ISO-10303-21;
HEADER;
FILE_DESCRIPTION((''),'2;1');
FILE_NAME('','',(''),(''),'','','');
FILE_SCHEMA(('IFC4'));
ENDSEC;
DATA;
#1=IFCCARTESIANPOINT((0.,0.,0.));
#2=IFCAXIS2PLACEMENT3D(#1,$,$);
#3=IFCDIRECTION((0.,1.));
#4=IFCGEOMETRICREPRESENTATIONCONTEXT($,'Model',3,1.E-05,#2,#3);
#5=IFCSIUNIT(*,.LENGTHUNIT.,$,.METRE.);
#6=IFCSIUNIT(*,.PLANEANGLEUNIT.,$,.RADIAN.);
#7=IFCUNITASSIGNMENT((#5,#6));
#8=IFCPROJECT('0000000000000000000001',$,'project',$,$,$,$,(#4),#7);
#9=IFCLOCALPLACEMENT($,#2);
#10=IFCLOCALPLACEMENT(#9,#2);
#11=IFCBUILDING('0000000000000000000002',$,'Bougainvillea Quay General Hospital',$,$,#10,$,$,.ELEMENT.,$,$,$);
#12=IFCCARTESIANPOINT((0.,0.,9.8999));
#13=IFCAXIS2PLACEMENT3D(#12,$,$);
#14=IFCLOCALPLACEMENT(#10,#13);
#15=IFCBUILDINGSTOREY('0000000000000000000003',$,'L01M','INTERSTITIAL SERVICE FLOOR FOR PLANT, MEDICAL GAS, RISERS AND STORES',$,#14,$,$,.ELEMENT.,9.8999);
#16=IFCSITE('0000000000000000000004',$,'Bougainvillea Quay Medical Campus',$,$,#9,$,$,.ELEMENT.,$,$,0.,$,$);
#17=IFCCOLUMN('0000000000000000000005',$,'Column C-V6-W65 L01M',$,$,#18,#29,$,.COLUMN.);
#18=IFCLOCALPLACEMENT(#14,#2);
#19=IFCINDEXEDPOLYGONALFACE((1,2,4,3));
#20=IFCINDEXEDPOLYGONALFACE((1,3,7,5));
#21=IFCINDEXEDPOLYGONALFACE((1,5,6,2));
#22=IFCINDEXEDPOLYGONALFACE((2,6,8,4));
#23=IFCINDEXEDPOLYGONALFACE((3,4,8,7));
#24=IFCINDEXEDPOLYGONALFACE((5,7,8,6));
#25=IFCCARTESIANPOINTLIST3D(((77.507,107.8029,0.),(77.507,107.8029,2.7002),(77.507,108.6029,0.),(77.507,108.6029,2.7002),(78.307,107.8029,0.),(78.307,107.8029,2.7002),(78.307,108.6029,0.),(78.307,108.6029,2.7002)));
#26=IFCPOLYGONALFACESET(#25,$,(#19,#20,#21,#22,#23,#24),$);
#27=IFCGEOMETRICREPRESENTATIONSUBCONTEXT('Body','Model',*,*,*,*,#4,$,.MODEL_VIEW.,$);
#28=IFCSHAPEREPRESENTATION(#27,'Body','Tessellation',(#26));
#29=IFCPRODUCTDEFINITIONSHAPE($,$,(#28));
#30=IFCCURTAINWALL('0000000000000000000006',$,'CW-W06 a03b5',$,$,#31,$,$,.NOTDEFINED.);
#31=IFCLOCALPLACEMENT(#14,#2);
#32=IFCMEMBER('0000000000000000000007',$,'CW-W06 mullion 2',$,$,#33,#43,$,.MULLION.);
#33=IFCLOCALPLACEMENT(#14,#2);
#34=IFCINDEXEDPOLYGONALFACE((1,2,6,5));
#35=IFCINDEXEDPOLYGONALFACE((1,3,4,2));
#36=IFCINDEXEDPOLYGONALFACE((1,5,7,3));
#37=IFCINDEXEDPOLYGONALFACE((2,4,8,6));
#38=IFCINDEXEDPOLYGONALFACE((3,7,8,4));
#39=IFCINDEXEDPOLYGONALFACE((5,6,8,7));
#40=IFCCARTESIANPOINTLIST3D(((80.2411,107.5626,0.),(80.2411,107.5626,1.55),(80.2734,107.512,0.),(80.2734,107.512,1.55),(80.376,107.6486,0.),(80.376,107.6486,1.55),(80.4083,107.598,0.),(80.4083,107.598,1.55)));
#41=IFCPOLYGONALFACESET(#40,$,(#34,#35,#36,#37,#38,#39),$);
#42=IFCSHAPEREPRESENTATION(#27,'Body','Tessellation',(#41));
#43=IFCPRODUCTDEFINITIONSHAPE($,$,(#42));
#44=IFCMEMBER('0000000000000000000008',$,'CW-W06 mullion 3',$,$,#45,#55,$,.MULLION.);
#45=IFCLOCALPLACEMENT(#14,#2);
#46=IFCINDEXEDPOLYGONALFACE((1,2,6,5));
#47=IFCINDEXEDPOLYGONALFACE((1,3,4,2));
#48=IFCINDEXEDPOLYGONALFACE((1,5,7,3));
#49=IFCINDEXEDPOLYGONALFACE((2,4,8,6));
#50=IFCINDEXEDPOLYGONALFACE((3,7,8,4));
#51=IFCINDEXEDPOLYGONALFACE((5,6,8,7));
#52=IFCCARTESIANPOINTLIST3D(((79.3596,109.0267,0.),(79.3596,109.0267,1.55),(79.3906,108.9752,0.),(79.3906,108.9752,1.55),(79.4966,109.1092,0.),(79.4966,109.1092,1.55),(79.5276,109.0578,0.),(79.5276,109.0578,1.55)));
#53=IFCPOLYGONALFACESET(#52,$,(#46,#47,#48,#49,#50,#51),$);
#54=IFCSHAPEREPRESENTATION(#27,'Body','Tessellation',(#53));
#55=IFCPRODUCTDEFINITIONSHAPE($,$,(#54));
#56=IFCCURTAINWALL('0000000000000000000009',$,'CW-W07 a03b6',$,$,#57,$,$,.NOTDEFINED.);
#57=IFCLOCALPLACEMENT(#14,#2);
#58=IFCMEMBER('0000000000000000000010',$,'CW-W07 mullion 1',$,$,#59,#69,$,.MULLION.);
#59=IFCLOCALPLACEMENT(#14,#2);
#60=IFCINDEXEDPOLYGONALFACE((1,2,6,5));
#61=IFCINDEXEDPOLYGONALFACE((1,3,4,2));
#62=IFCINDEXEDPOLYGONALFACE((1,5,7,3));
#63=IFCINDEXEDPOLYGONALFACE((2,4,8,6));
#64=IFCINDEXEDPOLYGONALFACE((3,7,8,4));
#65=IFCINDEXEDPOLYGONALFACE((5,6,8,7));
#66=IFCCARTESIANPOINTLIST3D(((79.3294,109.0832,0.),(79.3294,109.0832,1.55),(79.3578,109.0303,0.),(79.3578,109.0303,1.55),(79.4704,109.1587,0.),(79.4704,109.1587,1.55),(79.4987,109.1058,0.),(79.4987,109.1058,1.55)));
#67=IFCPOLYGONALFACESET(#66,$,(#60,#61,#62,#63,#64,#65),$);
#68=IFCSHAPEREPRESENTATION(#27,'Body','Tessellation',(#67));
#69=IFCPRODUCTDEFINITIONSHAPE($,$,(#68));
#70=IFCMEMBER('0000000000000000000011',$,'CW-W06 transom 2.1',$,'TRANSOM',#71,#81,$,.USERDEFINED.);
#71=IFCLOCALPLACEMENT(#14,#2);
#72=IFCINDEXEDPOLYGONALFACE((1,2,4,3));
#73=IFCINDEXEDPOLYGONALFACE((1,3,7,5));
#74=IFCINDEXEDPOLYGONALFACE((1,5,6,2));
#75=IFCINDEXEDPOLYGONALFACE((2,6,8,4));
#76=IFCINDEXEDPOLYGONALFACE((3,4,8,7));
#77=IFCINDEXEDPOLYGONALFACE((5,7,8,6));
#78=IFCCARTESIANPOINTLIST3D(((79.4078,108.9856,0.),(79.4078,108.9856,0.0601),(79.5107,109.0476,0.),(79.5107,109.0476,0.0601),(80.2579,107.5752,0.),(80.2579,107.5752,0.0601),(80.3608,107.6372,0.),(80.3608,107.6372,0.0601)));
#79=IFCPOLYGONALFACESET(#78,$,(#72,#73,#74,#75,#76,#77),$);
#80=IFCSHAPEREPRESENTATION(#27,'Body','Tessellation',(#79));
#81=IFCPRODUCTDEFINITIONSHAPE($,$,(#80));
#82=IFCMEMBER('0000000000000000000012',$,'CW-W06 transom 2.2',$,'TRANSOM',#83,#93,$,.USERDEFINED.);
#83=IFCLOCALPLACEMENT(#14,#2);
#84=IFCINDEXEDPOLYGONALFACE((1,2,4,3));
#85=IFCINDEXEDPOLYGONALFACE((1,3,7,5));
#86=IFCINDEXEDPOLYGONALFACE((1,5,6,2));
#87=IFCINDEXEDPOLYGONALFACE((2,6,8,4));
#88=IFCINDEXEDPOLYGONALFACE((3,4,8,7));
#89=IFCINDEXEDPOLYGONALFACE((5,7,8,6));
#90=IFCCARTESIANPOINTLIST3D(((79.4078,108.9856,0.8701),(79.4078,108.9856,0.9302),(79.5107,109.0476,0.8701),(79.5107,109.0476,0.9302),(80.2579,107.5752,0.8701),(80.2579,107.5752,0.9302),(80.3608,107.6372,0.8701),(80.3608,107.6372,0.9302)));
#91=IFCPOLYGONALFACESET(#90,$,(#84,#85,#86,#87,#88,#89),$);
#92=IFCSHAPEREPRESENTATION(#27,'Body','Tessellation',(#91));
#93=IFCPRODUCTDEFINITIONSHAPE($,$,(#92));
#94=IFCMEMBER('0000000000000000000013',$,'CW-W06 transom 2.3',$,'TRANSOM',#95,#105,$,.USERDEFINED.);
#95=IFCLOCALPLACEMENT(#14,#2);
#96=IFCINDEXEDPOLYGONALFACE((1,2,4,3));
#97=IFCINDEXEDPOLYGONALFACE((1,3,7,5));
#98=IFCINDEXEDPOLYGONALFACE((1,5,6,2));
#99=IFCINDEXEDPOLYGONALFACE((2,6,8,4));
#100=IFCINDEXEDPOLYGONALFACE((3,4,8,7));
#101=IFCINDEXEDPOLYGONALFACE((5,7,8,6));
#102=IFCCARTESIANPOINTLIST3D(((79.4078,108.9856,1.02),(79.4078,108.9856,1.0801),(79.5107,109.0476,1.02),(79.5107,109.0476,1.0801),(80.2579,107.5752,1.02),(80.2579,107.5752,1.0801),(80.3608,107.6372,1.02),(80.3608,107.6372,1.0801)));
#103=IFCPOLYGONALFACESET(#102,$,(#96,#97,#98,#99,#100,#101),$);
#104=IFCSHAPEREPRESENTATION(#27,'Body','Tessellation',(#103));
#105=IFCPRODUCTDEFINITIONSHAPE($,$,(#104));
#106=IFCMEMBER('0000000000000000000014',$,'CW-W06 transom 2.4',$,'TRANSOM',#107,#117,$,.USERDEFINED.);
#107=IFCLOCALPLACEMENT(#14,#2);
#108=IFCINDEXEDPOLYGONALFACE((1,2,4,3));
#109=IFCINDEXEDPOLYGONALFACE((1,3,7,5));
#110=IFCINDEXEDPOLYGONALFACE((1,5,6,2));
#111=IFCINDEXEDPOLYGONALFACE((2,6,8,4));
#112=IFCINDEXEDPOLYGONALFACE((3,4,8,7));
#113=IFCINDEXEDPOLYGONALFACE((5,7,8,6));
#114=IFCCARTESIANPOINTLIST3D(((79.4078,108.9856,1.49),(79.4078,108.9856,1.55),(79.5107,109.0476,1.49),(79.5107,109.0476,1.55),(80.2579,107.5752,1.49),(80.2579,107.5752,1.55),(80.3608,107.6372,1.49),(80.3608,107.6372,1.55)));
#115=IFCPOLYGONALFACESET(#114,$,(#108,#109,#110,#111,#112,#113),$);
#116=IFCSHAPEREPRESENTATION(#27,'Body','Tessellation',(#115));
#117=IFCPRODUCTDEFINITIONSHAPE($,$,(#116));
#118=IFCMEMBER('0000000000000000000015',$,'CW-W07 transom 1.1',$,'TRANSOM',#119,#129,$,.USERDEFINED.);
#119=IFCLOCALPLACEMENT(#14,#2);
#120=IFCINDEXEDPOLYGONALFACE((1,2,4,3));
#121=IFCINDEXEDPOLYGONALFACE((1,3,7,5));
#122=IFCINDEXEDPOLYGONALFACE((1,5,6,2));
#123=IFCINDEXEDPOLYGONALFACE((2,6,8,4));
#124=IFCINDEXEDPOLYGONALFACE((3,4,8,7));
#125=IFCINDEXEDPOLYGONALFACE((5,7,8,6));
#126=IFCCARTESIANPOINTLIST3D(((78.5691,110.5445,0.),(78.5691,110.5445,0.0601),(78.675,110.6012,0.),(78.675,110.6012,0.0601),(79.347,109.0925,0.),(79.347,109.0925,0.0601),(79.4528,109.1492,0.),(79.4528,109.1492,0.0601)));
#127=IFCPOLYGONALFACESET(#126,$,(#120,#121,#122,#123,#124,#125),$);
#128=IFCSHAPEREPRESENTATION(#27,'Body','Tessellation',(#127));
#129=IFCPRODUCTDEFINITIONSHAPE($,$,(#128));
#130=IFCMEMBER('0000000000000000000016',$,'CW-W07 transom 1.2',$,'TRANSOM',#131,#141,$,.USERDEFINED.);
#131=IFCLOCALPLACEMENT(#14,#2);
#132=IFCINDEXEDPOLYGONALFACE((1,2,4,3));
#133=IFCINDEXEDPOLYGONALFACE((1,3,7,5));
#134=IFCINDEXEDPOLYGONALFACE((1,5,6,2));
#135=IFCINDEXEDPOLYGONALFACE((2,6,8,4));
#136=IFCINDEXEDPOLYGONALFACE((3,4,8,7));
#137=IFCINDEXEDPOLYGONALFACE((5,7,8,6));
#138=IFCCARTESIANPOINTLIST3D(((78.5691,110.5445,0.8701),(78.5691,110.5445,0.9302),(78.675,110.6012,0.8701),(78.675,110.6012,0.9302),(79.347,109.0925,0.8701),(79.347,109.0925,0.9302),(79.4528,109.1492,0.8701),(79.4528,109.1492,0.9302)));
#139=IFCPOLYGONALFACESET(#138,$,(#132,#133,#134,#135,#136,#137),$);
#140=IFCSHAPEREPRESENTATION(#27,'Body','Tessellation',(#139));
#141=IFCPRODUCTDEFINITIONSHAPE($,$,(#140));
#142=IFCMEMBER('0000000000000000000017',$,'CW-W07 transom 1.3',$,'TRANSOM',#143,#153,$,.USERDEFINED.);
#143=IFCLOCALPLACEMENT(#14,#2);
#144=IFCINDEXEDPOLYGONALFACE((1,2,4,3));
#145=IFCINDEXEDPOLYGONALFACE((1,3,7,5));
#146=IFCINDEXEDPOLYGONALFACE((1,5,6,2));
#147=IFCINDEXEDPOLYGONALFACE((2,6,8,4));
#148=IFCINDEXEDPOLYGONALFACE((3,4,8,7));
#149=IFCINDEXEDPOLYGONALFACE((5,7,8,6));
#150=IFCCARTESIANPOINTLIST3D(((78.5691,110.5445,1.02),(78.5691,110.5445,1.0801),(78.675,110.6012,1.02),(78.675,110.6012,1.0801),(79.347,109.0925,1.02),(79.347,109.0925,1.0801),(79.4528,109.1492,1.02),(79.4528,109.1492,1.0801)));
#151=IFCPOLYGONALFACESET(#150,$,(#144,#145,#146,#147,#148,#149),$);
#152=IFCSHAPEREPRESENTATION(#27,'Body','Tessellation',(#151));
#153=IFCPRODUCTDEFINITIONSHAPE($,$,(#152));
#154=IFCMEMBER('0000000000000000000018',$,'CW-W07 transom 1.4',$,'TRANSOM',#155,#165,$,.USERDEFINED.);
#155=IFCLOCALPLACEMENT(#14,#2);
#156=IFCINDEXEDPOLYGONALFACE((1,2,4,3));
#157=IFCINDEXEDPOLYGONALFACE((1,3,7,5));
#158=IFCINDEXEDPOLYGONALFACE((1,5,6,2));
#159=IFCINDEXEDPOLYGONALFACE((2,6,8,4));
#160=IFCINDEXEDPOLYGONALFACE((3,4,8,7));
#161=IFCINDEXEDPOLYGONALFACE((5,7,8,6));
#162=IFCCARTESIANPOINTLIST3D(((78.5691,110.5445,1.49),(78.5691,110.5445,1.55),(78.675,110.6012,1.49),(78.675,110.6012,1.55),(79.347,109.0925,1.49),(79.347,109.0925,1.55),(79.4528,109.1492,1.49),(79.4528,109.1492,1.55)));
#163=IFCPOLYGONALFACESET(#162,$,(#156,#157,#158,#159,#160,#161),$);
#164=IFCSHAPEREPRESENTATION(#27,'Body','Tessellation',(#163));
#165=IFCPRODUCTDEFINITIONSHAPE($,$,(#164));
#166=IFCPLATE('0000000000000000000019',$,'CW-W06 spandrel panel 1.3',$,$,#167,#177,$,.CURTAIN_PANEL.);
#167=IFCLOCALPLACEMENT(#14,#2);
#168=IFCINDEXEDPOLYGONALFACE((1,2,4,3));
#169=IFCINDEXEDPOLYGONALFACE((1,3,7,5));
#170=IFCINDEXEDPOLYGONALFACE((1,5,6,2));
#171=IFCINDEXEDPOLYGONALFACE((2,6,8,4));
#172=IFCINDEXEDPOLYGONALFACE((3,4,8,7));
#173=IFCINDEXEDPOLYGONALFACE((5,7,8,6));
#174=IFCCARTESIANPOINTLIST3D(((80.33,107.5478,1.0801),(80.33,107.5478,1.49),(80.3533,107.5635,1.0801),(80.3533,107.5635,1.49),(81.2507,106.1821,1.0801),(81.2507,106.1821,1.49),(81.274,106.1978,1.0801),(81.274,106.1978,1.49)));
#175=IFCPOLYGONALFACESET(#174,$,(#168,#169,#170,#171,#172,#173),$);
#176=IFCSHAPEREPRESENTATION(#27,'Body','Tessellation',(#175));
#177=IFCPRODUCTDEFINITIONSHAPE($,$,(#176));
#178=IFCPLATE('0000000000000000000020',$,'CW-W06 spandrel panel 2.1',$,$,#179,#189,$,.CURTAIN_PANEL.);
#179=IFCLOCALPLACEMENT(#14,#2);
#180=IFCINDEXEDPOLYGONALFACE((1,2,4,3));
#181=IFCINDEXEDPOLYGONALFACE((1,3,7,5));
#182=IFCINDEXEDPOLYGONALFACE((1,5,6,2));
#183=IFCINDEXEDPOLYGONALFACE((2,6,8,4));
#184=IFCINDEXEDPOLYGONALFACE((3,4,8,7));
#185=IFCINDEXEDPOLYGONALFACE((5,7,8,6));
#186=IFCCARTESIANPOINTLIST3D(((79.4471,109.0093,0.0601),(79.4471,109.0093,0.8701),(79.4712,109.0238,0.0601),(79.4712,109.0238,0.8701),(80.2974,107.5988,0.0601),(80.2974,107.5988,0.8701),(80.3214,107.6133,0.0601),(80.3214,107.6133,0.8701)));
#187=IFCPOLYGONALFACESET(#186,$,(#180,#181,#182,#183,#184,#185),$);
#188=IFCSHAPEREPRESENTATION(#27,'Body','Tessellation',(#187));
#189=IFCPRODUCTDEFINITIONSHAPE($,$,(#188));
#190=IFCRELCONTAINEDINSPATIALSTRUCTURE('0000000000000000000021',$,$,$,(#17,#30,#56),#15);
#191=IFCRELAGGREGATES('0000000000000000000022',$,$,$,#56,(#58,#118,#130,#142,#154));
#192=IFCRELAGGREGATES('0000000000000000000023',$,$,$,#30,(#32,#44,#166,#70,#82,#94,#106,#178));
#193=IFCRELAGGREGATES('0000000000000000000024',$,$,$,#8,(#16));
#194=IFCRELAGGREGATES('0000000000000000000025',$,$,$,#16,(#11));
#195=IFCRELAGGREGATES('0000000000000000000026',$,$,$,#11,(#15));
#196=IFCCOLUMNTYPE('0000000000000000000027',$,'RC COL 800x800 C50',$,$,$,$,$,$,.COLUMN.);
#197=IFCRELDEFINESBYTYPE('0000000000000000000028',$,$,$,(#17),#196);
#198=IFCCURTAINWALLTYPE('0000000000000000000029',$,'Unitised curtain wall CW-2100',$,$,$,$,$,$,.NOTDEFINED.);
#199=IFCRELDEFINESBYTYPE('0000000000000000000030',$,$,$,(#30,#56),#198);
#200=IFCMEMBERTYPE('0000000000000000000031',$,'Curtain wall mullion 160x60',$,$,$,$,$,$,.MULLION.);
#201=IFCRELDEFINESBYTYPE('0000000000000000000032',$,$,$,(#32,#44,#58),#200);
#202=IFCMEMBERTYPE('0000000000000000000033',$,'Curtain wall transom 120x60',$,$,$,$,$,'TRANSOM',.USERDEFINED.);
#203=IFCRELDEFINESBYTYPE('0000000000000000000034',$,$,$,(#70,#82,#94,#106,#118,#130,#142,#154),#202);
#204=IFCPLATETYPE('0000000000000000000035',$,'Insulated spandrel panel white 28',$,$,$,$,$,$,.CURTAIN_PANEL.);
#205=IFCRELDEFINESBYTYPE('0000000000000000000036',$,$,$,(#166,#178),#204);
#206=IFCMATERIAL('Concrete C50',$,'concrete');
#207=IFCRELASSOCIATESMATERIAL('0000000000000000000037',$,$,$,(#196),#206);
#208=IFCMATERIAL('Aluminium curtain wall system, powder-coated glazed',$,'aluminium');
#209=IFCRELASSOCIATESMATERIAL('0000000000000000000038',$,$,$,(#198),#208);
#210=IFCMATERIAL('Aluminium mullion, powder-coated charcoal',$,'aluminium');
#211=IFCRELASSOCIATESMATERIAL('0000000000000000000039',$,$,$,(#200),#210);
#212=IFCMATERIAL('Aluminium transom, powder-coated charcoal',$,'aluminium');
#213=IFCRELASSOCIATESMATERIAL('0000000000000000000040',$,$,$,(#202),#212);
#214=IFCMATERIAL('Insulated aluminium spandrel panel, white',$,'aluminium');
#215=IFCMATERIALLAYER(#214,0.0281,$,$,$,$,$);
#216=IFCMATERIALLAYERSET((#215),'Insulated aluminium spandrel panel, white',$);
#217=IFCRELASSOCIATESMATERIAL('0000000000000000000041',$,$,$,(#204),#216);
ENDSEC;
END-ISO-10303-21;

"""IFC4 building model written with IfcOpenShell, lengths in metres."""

from ifc_helpers import new_model, si_unit, direction, frame, origin, origin_2d, place, context, subcontext, project, spatial, rectangle, extrude, material, layer, layer_set, material_profile, profile_set, type_object, element, aggregate, save


model = new_model("IFC4")

# Units and contexts
model_context = context("Model", 3, precision=1e-05, world=origin(), true_north=direction((0.0, 1.0)))
body_context = subcontext(model_context, "Body", "Model", "MODEL_VIEW")
ifc_project = project(units=[si_unit("LENGTHUNIT", "METRE"), si_unit("PLANEANGLEUNIT", "RADIAN")], contexts=[model_context])

# Site, building, storey
site_placement = place(None, origin())
site = spatial("IfcSite", under=ifc_project, at=site_placement, Name="Bougainvillea Quay Medical Campus", CompositionType="ELEMENT", RefElevation=0.0)
building_placement = place(site_placement, origin())
building = spatial("IfcBuilding", under=site, at=building_placement, Name="Bougainvillea Quay General Hospital", CompositionType="ELEMENT")
storey_placement = place(building_placement, frame((0.0, 0.0, 9.8999)))
storey = spatial("IfcBuildingStorey", under=building, at=storey_placement, Name="L01M", Description="INTERSTITIAL SERVICE FLOOR FOR PLANT, MEDICAL GAS, RISERS AND STORES", CompositionType="ELEMENT", Elevation=9.8999)

# Column
ifc_material_1 = material(Name="Concrete C50", Category="concrete")
ifc_material_profile_1 = material_profile(ifc_material_1, rectangle(XDim=0.8, YDim=0.8, at=origin_2d()))
ifc_profile_set_1 = profile_set([ifc_material_profile_1], Name="Concrete C50")
column_type = type_object("IfcColumnType", Name="RC COL 800x800 C50", PredefinedType="COLUMN", material=ifc_profile_set_1)
column_placement = place(storey_placement, frame((77.907, 108.2029, 0.0), z_axis=(0.0, 0.0, 1.0), x_axis=(1.0, 0.0, 0.0)))
element("IfcColumn", 1, at=column_placement, inside=storey, type_object=column_type, Name="Column C-V6-W65 L01M", PredefinedType="COLUMN", context=body_context, shape_type="SweptSolid", body=[
    extrude(rectangle(XDim=0.8, YDim=0.8, at=origin_2d()), origin(), (0.0, 0.0, 1.0), 2.7002),
])

# Curtain wall, members
ifc_material_2 = material(Name="Aluminium curtain wall system, powder-coated glazed", Category="aluminium")
curtain_wall_type = type_object("IfcCurtainWallType", Name="Unitised curtain wall CW-2100", PredefinedType="NOTDEFINED", material=ifc_material_2)
curtain_wall_1_placement = place(storey_placement, origin())
curtain_wall_1 = element("IfcCurtainWall", 2, at=curtain_wall_1_placement, inside=storey, type_object=curtain_wall_type, Name="CW-W06 a03b5", PredefinedType="NOTDEFINED")
ifc_material_3 = material(Name="Aluminium mullion, powder-coated charcoal", Category="aluminium")
ifc_material_profile_2 = material_profile(ifc_material_3, rectangle(XDim=0.1599, YDim=0.0601, at=origin_2d()))
ifc_profile_set_2 = profile_set([ifc_material_profile_2], Name="Aluminium mullion, powder-coated charcoal")
member_type_1 = type_object("IfcMemberType", Name="Curtain wall mullion 160x60", PredefinedType="MULLION", material=ifc_profile_set_2)
member_1_placement = place(storey_placement, frame((80.3247, 107.5803, 0.0), z_axis=(0.0, 0.0, 1.0), x_axis=(-0.843072, -0.5378, 0.0)))
member_1 = element("IfcMember", 3, at=member_1_placement, type_object=member_type_1, Name="CW-W06 mullion 2", PredefinedType="MULLION", context=body_context, shape_type="SweptSolid", body=[
    extrude(rectangle(XDim=0.1599, YDim=0.0601, at=origin_2d()), origin(), (0.0, 0.0, 1.0), 1.55),
])
member_2_placement = place(storey_placement, frame((79.4436, 109.0422, 0.0), z_axis=(0.0, 0.0, 1.0), x_axis=(-0.856438, -0.516249, 0.0)))
member_2 = element("IfcMember", 4, at=member_2_placement, type_object=member_type_1, Name="CW-W06 mullion 3", PredefinedType="MULLION", context=body_context, shape_type="SweptSolid", body=[
    extrude(rectangle(XDim=0.1599, YDim=0.0601, at=origin_2d()), origin(), (0.0, 0.0, 1.0), 1.55),
])

# Curtain wall, member
curtain_wall_2_placement = place(storey_placement, origin())
curtain_wall_2 = element("IfcCurtainWall", 5, at=curtain_wall_2_placement, inside=storey, type_object=curtain_wall_type, Name="CW-W07 a03b6", PredefinedType="NOTDEFINED")
member_3_placement = place(storey_placement, frame((79.4141, 109.0945, 0.0), z_axis=(0.0, 0.0, 1.0), x_axis=(-0.88151, -0.472166, 0.0)))
member_3 = element("IfcMember", 6, at=member_3_placement, type_object=member_type_1, Name="CW-W07 mullion 1", PredefinedType="MULLION", context=body_context, shape_type="SweptSolid", body=[
    extrude(rectangle(XDim=0.1599, YDim=0.0601, at=origin_2d()), origin(), (0.0, 0.0, 1.0), 1.55),
])

# Members
ifc_material_4 = material(Name="Aluminium transom, powder-coated charcoal", Category="aluminium")
ifc_material_profile_3 = material_profile(ifc_material_4, rectangle(XDim=0.1201, YDim=0.0601, at=origin_2d()))
ifc_profile_set_3 = profile_set([ifc_material_profile_3], Name="Aluminium transom, powder-coated charcoal")
member_type_2 = type_object("IfcMemberType", Name="Curtain wall transom 120x60", ElementType="TRANSOM", PredefinedType="USERDEFINED", material=ifc_profile_set_3)
member_4_placement = place(storey_placement, frame((80.3093, 107.6062, 0.03), z_axis=(-0.516217, 0.856458, 0.0), x_axis=(-0.856458, -0.516217, 0.0)))
member_4 = element("IfcMember", 7, at=member_4_placement, type_object=member_type_2, Name="CW-W06 transom 2.1", ObjectType="TRANSOM", PredefinedType="USERDEFINED", context=body_context, shape_type="SweptSolid", body=[
    extrude(rectangle(XDim=0.1201, YDim=0.0601, at=origin_2d()), origin(), (0.0, 0.0, 1.0), 1.6467),
])
member_5_placement = place(storey_placement, frame((80.3093, 107.6062, 0.9001), z_axis=(-0.516217, 0.856458, 0.0), x_axis=(-0.856458, -0.516217, 0.0)))
member_5 = element("IfcMember", 8, at=member_5_placement, type_object=member_type_2, Name="CW-W06 transom 2.2", ObjectType="TRANSOM", PredefinedType="USERDEFINED", context=body_context, shape_type="SweptSolid", body=[
    extrude(rectangle(XDim=0.1201, YDim=0.0601, at=origin_2d()), origin(), (0.0, 0.0, 1.0), 1.6467),
])
member_6_placement = place(storey_placement, frame((80.3093, 107.6062, 1.05), z_axis=(-0.516217, 0.856458, 0.0), x_axis=(-0.856458, -0.516217, 0.0)))
member_6 = element("IfcMember", 9, at=member_6_placement, type_object=member_type_2, Name="CW-W06 transom 2.3", ObjectType="TRANSOM", PredefinedType="USERDEFINED", context=body_context, shape_type="SweptSolid", body=[
    extrude(rectangle(XDim=0.1201, YDim=0.0601, at=origin_2d()), origin(), (0.0, 0.0, 1.0), 1.6467),
])
member_7_placement = place(storey_placement, frame((80.3093, 107.6062, 1.52), z_axis=(-0.516217, 0.856458, 0.0), x_axis=(-0.856458, -0.516217, 0.0)))
member_7 = element("IfcMember", 10, at=member_7_placement, type_object=member_type_2, Name="CW-W06 transom 2.4", ObjectType="TRANSOM", PredefinedType="USERDEFINED", context=body_context, shape_type="SweptSolid", body=[
    extrude(rectangle(XDim=0.1201, YDim=0.0601, at=origin_2d()), origin(), (0.0, 0.0, 1.0), 1.6467),
])
member_8_placement = place(storey_placement, frame((79.3999, 109.1208, 0.03), z_axis=(-0.472234, 0.881473, 0.0), x_axis=(-0.881473, -0.472234, 0.0)))
member_8 = element("IfcMember", 11, at=member_8_placement, type_object=member_type_2, Name="CW-W07 transom 1.1", ObjectType="TRANSOM", PredefinedType="USERDEFINED", context=body_context, shape_type="SweptSolid", body=[
    extrude(rectangle(XDim=0.1201, YDim=0.0601, at=origin_2d()), origin(), (0.0, 0.0, 1.0), 1.6472),
])
member_9_placement = place(storey_placement, frame((79.3999, 109.1208, 0.9001), z_axis=(-0.472234, 0.881473, 0.0), x_axis=(-0.881473, -0.472234, 0.0)))
member_9 = element("IfcMember", 12, at=member_9_placement, type_object=member_type_2, Name="CW-W07 transom 1.2", ObjectType="TRANSOM", PredefinedType="USERDEFINED", context=body_context, shape_type="SweptSolid", body=[
    extrude(rectangle(XDim=0.1201, YDim=0.0601, at=origin_2d()), origin(), (0.0, 0.0, 1.0), 1.6472),
])
member_10_placement = place(storey_placement, frame((79.3999, 109.1208, 1.05), z_axis=(-0.472234, 0.881473, 0.0), x_axis=(-0.881473, -0.472234, 0.0)))
member_10 = element("IfcMember", 13, at=member_10_placement, type_object=member_type_2, Name="CW-W07 transom 1.3", ObjectType="TRANSOM", PredefinedType="USERDEFINED", context=body_context, shape_type="SweptSolid", body=[
    extrude(rectangle(XDim=0.1201, YDim=0.0601, at=origin_2d()), origin(), (0.0, 0.0, 1.0), 1.6472),
])
member_11_placement = place(storey_placement, frame((79.3999, 109.1208, 1.52), z_axis=(-0.472234, 0.881473, 0.0), x_axis=(-0.881473, -0.472234, 0.0)))
member_11 = element("IfcMember", 14, at=member_11_placement, type_object=member_type_2, Name="CW-W07 transom 1.4", ObjectType="TRANSOM", PredefinedType="USERDEFINED", context=body_context, shape_type="SweptSolid", body=[
    extrude(rectangle(XDim=0.1201, YDim=0.0601, at=origin_2d()), origin(), (0.0, 0.0, 1.0), 1.6472),
])
aggregate(curtain_wall_2, [member_3, member_8, member_9, member_10, member_11])

# Plates
ifc_material_5 = material(Name="Insulated aluminium spandrel panel, white", Category="aluminium")
ifc_layer_1 = layer(ifc_material_5, 0.0281)
ifc_layer_set_1 = layer_set([ifc_layer_1], Name="Insulated aluminium spandrel panel, white")
plate_type_1 = type_object("IfcPlateType", Name="Insulated spandrel panel white 28", PredefinedType="CURTAIN_PANEL", material=ifc_layer_set_1)
plate_1_placement = place(storey_placement, frame((80.802, 106.8728, 1.0801), z_axis=(0.0, 0.0, 1.0), x_axis=(-0.559005, 0.829164, 0.0)))
plate_1 = element("IfcPlate", 15, at=plate_1_placement, type_object=plate_type_1, Name="CW-W06 spandrel panel 1.3", PredefinedType="CURTAIN_PANEL", context=body_context, shape_type="SweptSolid", body=[
    extrude(rectangle(XDim=1.647, YDim=0.0281, at=origin_2d()), origin(), (0.0, 0.0, 1.0), 0.4099),
])
plate_2_placement = place(storey_placement, frame((79.8843, 108.3113, 0.0601), z_axis=(0.0, 0.0, 1.0), x_axis=(-0.516249, 0.856438, 0.0)))
plate_2 = element("IfcPlate", 16, at=plate_2_placement, type_object=plate_type_1, Name="CW-W06 spandrel panel 2.1", PredefinedType="CURTAIN_PANEL", context=body_context, shape_type="SweptSolid", body=[
    extrude(rectangle(XDim=1.647, YDim=0.0281, at=origin_2d()), origin(), (0.0, 0.0, 1.0), 0.8101),
])
aggregate(curtain_wall_1, [member_1, member_2, plate_1, member_4, member_5, member_6, member_7, plate_2])

save(model, "model.ifc")
